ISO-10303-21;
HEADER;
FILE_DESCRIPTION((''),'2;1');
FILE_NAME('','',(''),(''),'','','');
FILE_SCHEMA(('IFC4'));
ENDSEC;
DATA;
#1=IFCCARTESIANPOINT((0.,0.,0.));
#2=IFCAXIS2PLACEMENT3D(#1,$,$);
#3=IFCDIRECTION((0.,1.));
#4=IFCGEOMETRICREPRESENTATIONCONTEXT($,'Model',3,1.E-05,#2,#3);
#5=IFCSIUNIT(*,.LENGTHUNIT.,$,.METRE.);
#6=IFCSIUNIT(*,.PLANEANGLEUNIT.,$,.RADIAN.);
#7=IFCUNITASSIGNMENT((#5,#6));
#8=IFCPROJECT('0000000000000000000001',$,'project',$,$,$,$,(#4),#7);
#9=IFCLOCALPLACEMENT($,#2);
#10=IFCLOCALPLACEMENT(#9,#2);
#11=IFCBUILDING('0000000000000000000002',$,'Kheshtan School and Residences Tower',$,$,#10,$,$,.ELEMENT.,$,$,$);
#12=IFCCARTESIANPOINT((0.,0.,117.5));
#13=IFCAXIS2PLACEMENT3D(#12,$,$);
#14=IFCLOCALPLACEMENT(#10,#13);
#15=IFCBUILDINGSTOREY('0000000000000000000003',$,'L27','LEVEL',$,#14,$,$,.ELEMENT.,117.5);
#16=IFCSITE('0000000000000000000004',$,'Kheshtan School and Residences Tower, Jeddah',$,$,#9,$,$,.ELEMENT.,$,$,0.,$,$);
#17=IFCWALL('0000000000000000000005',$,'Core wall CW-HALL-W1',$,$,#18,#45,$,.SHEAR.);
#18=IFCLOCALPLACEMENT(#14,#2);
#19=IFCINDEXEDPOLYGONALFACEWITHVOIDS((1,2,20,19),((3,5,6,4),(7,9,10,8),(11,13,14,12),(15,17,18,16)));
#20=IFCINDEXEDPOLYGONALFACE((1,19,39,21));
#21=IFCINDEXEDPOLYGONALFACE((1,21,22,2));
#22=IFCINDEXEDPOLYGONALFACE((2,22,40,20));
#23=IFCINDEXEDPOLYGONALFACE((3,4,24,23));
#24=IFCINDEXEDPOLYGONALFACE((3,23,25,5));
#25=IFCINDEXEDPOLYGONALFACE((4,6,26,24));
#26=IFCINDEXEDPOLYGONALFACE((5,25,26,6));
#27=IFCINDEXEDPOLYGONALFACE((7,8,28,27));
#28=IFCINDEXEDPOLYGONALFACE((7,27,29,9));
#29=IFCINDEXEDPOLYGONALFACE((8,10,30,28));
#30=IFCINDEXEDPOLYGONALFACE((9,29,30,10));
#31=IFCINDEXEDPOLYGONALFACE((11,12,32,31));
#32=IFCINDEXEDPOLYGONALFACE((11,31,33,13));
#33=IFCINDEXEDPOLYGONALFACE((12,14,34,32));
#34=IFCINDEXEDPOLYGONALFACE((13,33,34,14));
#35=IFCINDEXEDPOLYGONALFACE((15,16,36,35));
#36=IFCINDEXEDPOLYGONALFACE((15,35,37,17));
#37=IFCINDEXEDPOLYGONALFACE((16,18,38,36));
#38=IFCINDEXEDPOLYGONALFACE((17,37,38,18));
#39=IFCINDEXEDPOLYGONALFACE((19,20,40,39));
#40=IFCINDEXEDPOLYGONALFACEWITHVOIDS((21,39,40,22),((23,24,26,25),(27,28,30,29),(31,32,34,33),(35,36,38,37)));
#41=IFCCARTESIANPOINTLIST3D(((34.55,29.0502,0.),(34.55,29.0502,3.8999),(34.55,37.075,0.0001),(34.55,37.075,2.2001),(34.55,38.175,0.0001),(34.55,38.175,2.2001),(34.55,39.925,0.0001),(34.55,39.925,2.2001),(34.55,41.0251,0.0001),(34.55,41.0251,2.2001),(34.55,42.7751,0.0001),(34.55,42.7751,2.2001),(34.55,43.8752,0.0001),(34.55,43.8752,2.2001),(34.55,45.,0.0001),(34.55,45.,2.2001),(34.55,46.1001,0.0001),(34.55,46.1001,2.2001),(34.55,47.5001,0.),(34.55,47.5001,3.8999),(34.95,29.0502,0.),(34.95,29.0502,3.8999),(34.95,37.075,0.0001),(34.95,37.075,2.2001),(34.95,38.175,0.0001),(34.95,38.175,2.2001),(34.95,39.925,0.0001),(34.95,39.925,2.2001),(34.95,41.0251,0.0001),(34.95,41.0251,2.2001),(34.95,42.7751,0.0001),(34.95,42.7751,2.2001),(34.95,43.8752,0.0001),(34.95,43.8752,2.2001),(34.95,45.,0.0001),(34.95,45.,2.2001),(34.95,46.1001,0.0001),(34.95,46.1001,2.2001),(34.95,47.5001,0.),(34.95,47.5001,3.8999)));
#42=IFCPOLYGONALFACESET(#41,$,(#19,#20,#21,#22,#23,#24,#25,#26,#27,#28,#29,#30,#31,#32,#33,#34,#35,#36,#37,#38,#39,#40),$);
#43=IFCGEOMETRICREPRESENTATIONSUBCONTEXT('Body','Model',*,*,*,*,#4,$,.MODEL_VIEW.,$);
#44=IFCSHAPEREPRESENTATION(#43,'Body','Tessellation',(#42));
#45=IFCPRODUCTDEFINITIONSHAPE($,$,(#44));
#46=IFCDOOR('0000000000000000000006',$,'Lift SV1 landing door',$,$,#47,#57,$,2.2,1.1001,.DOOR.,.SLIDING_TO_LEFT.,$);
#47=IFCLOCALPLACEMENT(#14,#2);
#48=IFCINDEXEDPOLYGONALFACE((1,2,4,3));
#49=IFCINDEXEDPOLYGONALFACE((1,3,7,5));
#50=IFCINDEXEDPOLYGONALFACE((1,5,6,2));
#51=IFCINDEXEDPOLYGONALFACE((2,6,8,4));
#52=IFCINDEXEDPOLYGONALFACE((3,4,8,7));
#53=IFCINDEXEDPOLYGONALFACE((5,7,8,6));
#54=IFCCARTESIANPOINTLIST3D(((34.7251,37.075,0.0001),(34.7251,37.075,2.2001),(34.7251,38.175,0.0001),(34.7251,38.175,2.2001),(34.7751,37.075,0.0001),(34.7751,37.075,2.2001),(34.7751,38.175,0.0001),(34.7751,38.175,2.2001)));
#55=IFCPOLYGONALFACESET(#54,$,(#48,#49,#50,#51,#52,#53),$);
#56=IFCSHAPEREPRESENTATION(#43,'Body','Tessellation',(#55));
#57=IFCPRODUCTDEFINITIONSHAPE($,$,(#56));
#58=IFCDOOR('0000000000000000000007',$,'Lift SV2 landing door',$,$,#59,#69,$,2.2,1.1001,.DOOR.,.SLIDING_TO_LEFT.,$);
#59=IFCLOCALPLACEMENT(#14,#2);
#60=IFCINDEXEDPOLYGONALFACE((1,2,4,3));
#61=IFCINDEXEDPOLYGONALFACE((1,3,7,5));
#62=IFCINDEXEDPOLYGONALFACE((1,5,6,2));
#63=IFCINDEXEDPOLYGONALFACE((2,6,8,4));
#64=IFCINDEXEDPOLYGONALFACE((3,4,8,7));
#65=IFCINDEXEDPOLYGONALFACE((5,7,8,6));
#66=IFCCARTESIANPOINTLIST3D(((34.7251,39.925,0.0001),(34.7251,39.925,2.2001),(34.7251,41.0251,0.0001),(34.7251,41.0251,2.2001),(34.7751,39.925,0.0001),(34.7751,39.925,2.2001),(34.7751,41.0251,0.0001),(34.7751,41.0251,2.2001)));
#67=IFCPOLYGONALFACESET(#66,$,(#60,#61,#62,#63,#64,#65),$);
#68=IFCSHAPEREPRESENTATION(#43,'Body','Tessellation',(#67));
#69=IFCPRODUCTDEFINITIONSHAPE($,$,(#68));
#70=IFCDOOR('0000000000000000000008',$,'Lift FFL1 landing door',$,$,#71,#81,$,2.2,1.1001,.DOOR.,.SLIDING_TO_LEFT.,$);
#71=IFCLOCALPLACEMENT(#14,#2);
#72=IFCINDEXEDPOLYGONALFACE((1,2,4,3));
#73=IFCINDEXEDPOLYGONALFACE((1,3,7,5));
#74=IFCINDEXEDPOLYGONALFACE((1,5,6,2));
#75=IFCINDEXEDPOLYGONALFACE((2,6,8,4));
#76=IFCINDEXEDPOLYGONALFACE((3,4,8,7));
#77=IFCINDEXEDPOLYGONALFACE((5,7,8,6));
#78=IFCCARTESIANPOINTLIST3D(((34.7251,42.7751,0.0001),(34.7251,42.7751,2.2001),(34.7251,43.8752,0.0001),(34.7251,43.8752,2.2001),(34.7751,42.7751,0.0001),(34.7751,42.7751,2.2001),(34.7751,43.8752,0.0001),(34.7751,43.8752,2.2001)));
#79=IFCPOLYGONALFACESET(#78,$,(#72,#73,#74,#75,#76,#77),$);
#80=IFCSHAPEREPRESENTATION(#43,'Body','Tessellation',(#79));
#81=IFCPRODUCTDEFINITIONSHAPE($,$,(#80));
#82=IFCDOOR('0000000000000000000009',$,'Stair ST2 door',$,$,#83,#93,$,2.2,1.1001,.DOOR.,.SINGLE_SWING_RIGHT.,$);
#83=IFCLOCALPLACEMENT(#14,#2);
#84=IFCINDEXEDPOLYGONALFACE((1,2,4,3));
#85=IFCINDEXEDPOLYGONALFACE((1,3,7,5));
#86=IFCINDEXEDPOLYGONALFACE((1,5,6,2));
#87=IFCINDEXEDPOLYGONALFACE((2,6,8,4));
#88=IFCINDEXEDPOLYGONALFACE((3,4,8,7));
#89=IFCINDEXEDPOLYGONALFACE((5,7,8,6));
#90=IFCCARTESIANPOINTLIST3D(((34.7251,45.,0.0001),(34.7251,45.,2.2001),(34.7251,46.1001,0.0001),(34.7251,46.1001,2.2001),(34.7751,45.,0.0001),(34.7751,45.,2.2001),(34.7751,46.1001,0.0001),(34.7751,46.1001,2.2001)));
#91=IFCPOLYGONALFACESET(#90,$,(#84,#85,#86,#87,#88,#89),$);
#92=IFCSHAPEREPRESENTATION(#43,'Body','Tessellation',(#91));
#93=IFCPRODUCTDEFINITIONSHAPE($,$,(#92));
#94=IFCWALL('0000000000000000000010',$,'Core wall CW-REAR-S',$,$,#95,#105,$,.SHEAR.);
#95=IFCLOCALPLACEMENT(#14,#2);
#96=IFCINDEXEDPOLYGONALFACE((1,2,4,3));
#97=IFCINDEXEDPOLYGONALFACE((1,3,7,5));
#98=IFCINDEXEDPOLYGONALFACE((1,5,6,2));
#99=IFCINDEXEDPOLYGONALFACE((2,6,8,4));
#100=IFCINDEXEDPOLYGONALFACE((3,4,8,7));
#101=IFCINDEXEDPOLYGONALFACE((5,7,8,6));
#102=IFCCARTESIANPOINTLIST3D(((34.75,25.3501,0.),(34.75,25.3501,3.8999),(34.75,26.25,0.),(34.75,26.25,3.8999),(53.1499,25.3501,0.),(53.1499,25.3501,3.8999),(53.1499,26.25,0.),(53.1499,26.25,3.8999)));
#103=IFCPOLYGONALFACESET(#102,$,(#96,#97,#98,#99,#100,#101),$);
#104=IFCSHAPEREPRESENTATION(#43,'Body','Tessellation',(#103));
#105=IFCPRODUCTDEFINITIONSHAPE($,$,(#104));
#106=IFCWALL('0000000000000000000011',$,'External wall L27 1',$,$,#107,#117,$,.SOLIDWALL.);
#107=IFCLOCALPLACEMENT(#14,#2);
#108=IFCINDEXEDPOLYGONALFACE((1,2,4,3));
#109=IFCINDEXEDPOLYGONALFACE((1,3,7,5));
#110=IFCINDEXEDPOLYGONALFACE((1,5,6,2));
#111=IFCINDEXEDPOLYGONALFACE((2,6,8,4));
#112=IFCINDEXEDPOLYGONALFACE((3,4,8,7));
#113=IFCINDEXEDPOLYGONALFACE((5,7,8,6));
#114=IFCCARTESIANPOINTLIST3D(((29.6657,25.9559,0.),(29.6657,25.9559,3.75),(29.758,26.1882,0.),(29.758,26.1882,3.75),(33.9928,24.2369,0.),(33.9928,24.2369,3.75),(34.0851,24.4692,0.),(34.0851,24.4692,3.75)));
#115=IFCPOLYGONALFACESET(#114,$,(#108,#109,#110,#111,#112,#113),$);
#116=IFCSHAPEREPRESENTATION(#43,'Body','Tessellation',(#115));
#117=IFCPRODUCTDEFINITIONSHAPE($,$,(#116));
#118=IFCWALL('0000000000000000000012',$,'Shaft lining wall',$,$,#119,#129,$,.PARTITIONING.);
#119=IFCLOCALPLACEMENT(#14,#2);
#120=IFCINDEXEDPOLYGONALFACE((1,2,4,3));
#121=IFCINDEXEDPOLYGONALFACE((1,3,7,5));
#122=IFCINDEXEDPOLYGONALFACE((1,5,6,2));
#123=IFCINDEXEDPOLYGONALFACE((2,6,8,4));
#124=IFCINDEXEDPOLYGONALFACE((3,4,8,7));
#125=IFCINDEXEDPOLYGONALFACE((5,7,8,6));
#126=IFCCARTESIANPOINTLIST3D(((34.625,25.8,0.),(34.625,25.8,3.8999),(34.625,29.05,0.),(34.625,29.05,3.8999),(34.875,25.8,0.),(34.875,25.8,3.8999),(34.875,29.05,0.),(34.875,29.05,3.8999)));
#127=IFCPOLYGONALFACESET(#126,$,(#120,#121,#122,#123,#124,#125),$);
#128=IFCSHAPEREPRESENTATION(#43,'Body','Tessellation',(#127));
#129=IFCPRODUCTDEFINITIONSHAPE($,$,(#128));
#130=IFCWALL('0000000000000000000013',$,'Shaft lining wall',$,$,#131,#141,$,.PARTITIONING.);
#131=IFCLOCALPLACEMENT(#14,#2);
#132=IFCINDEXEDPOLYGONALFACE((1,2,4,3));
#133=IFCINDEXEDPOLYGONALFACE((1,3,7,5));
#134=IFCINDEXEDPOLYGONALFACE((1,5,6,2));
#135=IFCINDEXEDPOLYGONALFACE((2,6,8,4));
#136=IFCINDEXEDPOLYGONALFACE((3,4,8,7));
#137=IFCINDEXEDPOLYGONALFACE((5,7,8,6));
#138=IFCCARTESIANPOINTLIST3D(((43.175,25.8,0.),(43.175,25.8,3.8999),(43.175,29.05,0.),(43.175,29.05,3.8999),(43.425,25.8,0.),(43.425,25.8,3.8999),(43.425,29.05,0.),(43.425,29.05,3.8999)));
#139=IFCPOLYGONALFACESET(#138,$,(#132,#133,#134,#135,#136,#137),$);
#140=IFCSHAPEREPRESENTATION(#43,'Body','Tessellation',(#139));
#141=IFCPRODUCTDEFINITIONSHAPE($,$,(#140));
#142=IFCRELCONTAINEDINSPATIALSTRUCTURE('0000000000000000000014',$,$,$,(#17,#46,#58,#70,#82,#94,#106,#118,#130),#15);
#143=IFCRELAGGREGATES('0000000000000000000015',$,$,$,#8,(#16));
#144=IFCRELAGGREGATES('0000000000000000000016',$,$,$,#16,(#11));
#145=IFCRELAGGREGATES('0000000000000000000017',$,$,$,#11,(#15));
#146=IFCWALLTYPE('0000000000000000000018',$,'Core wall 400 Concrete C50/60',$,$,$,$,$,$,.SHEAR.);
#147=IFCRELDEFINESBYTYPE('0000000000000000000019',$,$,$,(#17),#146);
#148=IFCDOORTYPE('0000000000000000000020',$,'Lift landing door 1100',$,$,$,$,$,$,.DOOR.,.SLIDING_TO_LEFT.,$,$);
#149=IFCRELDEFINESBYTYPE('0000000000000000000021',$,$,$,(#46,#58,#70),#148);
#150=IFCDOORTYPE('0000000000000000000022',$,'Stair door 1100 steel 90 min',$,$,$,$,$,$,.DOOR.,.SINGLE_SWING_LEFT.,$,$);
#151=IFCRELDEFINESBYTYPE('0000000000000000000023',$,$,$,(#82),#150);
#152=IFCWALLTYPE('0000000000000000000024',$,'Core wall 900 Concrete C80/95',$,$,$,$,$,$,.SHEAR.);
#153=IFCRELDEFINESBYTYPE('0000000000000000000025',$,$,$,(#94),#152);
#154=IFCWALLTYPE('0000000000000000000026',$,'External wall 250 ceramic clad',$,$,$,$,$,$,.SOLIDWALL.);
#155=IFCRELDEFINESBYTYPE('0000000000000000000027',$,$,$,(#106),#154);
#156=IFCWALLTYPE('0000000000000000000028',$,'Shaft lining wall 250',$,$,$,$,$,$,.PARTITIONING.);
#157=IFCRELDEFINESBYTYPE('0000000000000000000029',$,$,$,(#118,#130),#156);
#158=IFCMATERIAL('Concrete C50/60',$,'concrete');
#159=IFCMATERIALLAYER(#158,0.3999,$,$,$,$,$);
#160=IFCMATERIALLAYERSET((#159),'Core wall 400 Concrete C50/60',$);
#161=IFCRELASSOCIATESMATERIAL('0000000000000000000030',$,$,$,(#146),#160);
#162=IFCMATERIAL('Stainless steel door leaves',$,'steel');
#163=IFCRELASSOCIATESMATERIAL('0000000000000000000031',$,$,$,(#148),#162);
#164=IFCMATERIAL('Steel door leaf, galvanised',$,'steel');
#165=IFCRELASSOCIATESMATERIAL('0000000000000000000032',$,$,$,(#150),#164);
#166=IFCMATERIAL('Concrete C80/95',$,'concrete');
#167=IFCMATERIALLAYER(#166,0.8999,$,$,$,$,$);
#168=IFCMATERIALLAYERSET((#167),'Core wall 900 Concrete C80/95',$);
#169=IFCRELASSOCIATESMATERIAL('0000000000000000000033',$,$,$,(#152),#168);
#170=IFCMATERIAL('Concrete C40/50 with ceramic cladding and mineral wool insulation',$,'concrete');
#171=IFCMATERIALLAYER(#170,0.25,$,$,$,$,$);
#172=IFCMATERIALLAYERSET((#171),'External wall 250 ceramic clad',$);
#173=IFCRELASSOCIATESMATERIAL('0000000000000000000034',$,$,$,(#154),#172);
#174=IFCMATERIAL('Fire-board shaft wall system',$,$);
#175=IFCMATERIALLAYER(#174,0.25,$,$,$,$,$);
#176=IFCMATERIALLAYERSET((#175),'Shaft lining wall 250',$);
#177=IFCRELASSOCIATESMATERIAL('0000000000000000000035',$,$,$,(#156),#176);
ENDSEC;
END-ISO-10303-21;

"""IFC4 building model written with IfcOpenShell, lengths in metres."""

from ifc_helpers import new_model, si_unit, direction, frame, frame_2d, origin, place, context, subcontext, project, spatial, rectangle, extrude, source, transform, mapped, material, layer, layer_set, type_object, element, fill, save


model = new_model("IFC4")

# Units and contexts
model_context = context("Model", 3, precision=1e-05, world=origin(), true_north=direction((0.0, 1.0)))
body_context = subcontext(model_context, "Body", "Model", "MODEL_VIEW")
ifc_project = project(units=[si_unit("LENGTHUNIT", "METRE"), si_unit("PLANEANGLEUNIT", "RADIAN")], contexts=[model_context])

# Site, building, storey
site_placement = place(None, origin())
site = spatial("IfcSite", under=ifc_project, at=site_placement, Name="Kheshtan School and Residences Tower, Jeddah", CompositionType="ELEMENT", RefElevation=0.0)
building_placement = place(site_placement, origin())
building = spatial("IfcBuilding", under=site, at=building_placement, Name="Kheshtan School and Residences Tower", CompositionType="ELEMENT")
storey_placement = place(building_placement, frame((0.0, 0.0, 117.5)))
storey = spatial("IfcBuildingStorey", under=building, at=storey_placement, Name="L27", Description="LEVEL", CompositionType="ELEMENT", Elevation=117.5)

# Shared definitions
ifc_material_1 = material(Name="Concrete C50/60", Category="concrete")
ifc_layer_1 = layer(ifc_material_1, 0.3999)
ifc_layer_set_1 = layer_set([ifc_layer_1], Name="Core wall 400 Concrete C50/60")
wall_type_1 = type_object("IfcWallType", Name="Core wall 400 Concrete C50/60", PredefinedType="SHEAR", material=ifc_layer_set_1)
ifc_material_2 = material(Name="Stainless steel door leaves", Category="steel")
door_type_1 = type_object("IfcDoorType", Name="Lift landing door 1100", OperationType="SLIDING_TO_LEFT", PredefinedType="DOOR", material=ifc_material_2)
shared_shape_1 = source(origin(), body_context, "Body", "SweptSolid", [
    extrude(rectangle(XDim=1.1001, YDim=2.2, at=frame_2d((0.55, 1.1001))), frame((0.0, 0.0249, 0.0), z_axis=(0.0, -1.0, 0.0), x_axis=(1.0, 0.0, 0.0)), (0.0, 0.0, 1.0), 0.05),
])

# Wall, openings, doors
wall_1_placement = place(storey_placement, frame((34.75, 29.05, 0.0), z_axis=(0.0, 0.0, 1.0), x_axis=(0.0, 1.0, 0.0)))
wall_1 = element("IfcWall", 1, at=wall_1_placement, inside=storey, type_object=wall_type_1, Name="Core wall CW-HALL-W1", PredefinedType="SHEAR", context=body_context, shape_type="SweptSolid", body=[
    extrude(rectangle(XDim=18.45, YDim=0.3999, at=frame_2d((9.2251, 0.0))), origin(), (0.0, 0.0, 1.0), 3.8999),
])
opening_1_placement = place(wall_1_placement, frame((8.0249, 0.0, 0.0)))
opening_1 = element("IfcOpeningElement", 2, at=opening_1_placement, cuts=wall_1, PredefinedType="OPENING", context=body_context, shape_type="SweptSolid", body=[
    extrude(rectangle(XDim=1.1001, YDim=2.2, at=frame_2d((0.55, 1.1001))), frame((0.0, 0.21, 0.0), z_axis=(0.0, -1.0, 0.0), x_axis=(1.0, 0.0, 0.0)), (0.0, 0.0, 1.0), 0.4199),
])
opening_2_placement = place(wall_1_placement, frame((10.875, 0.0, 0.0)))
opening_2 = element("IfcOpeningElement", 3, at=opening_2_placement, cuts=wall_1, PredefinedType="OPENING", context=body_context, shape_type="SweptSolid", body=[
    extrude(rectangle(XDim=1.1001, YDim=2.2, at=frame_2d((0.55, 1.1001))), frame((0.0, 0.21, 0.0), z_axis=(0.0, -1.0, 0.0), x_axis=(1.0, 0.0, 0.0)), (0.0, 0.0, 1.0), 0.4199),
])
opening_3_placement = place(wall_1_placement, frame((13.7251, 0.0, 0.0)))
opening_3 = element("IfcOpeningElement", 4, at=opening_3_placement, cuts=wall_1, PredefinedType="OPENING", context=body_context, shape_type="SweptSolid", body=[
    extrude(rectangle(XDim=1.1001, YDim=2.2, at=frame_2d((0.55, 1.1001))), frame((0.0, 0.21, 0.0), z_axis=(0.0, -1.0, 0.0), x_axis=(1.0, 0.0, 0.0)), (0.0, 0.0, 1.0), 0.4199),
])
opening_4_placement = place(wall_1_placement, frame((15.95, 0.0, 0.0)))
opening_4 = element("IfcOpeningElement", 5, at=opening_4_placement, cuts=wall_1, PredefinedType="OPENING", context=body_context, shape_type="SweptSolid", body=[
    extrude(rectangle(XDim=1.1001, YDim=2.2, at=frame_2d((0.55, 1.1001))), frame((0.0, 0.21, 0.0), z_axis=(0.0, -1.0, 0.0), x_axis=(1.0, 0.0, 0.0)), (0.0, 0.0, 1.0), 0.4199),
])
door_1_placement = place(opening_1_placement, origin())
door_1 = element("IfcDoor", 6, at=door_1_placement, inside=storey, type_object=door_type_1, Name="Lift SV1 landing door", OperationType="SLIDING_TO_LEFT", OverallHeight=2.2, OverallWidth=1.1001, PredefinedType="DOOR", context=body_context, shape_type="MappedRepresentation", body=[
    mapped(shared_shape_1, transform((0.0, 0.0, 0.0), x_axis=(1.0, 0.0, 0.0), y_axis=(0.0, 1.0, 0.0), z_axis=(0.0, 0.0, 1.0), scale=1.0)),
])
fill(opening_1, door_1)
door_2_placement = place(opening_2_placement, origin())
door_2 = element("IfcDoor", 7, at=door_2_placement, inside=storey, type_object=door_type_1, Name="Lift SV2 landing door", OperationType="SLIDING_TO_LEFT", OverallHeight=2.2, OverallWidth=1.1001, PredefinedType="DOOR", context=body_context, shape_type="MappedRepresentation", body=[
    mapped(shared_shape_1, transform((0.0, 0.0, 0.0), x_axis=(1.0, 0.0, 0.0), y_axis=(0.0, 1.0, 0.0), z_axis=(0.0, 0.0, 1.0), scale=1.0)),
])
fill(opening_2, door_2)
door_3_placement = place(opening_3_placement, origin())
door_3 = element("IfcDoor", 8, at=door_3_placement, inside=storey, type_object=door_type_1, Name="Lift FFL1 landing door", OperationType="SLIDING_TO_LEFT", OverallHeight=2.2, OverallWidth=1.1001, PredefinedType="DOOR", context=body_context, shape_type="MappedRepresentation", body=[
    mapped(shared_shape_1, transform((0.0, 0.0, 0.0), x_axis=(1.0, 0.0, 0.0), y_axis=(0.0, 1.0, 0.0), z_axis=(0.0, 0.0, 1.0), scale=1.0)),
])
fill(opening_3, door_3)
ifc_material_3 = material(Name="Steel door leaf, galvanised", Category="steel")
door_type_2 = type_object("IfcDoorType", Name="Stair door 1100 steel 90 min", OperationType="SINGLE_SWING_LEFT", PredefinedType="DOOR", material=ifc_material_3)
shared_shape_2 = source(origin(), body_context, "Body", "SweptSolid", [
    extrude(rectangle(XDim=1.1001, YDim=2.2, at=frame_2d((0.55, 1.1001))), frame((0.0, 0.0249, 0.0), z_axis=(0.0, -1.0, 0.0), x_axis=(1.0, 0.0, 0.0)), (0.0, 0.0, 1.0), 0.05),
])
door_4_placement = place(opening_4_placement, origin())
door_4 = element("IfcDoor", 9, at=door_4_placement, inside=storey, type_object=door_type_2, Name="Stair ST2 door", OperationType="SINGLE_SWING_RIGHT", OverallHeight=2.2, OverallWidth=1.1001, PredefinedType="DOOR", context=body_context, shape_type="MappedRepresentation", body=[
    mapped(shared_shape_2, transform((0.0, 0.0, 0.0), x_axis=(1.0, 0.0, 0.0), y_axis=(0.0, 1.0, 0.0), z_axis=(0.0, 0.0, 1.0), scale=1.0)),
])
fill(opening_4, door_4)

# Walls
ifc_material_4 = material(Name="Concrete C80/95", Category="concrete")
ifc_layer_2 = layer(ifc_material_4, 0.8999)
ifc_layer_set_2 = layer_set([ifc_layer_2], Name="Core wall 900 Concrete C80/95")
wall_type_2 = type_object("IfcWallType", Name="Core wall 900 Concrete C80/95", PredefinedType="SHEAR", material=ifc_layer_set_2)
wall_2_placement = place(storey_placement, frame((34.75, 25.8, 0.0), z_axis=(0.0, 0.0, 1.0), x_axis=(1.0, 0.0, 0.0)))
element("IfcWall", 10, at=wall_2_placement, inside=storey, type_object=wall_type_2, Name="Core wall CW-REAR-S", PredefinedType="SHEAR", context=body_context, shape_type="SweptSolid", body=[
    extrude(rectangle(XDim=18.3999, YDim=0.8999, at=frame_2d((9.2, 0.0))), origin(), (0.0, 0.0, 1.0), 3.8999),
])
ifc_material_5 = material(Name="Concrete C40/50 with ceramic cladding and mineral wool insulation", Category="concrete")
ifc_layer_3 = layer(ifc_material_5, 0.25)
ifc_layer_set_3 = layer_set([ifc_layer_3], Name="External wall 250 ceramic clad")
wall_type_3 = type_object("IfcWallType", Name="External wall 250 ceramic clad", PredefinedType="SOLIDWALL", material=ifc_layer_set_3)
wall_3_placement = place(storey_placement, frame((34.0391, 24.353, 0.0), z_axis=(0.0, 0.0, 1.0), x_axis=(-0.929353, 0.369193, 0.0)))
element("IfcWall", 11, at=wall_3_placement, inside=storey, type_object=wall_type_3, Name="External wall L27 1", PredefinedType="SOLIDWALL", context=body_context, shape_type="SweptSolid", body=[
    extrude(rectangle(XDim=4.656, YDim=0.25, at=frame_2d((2.3281, 0.0))), origin(), (0.0, 0.0, 1.0), 3.75),
])
ifc_material_6 = material(Name="Fire-board shaft wall system")
ifc_layer_4 = layer(ifc_material_6, 0.25)
ifc_layer_set_4 = layer_set([ifc_layer_4], Name="Shaft lining wall 250")
wall_type_4 = type_object("IfcWallType", Name="Shaft lining wall 250", PredefinedType="PARTITIONING", material=ifc_layer_set_4)
for number, where, z_axis, x_axis, name in (
    (12, (34.75, 25.8, 0.0), (0.0, 0.0, 1.0), (0.0, 1.0, 0.0), "Shaft lining wall"),
    (13, (43.3, 25.8, 0.0), (0.0, 0.0, 1.0), (0.0, 1.0, 0.0), "Shaft lining wall"),
):
    element("IfcWall", number, at=place(storey_placement, frame(where, z_axis=z_axis, x_axis=x_axis)), inside=storey, type_object=wall_type_4, Name=name, PredefinedType="PARTITIONING", context=body_context, shape_type="SweptSolid", body=[
        extrude(rectangle(XDim=3.25, YDim=0.25, at=frame_2d((1.625, 0.0))), origin(), (0.0, 0.0, 1.0), 3.8999),
    ])

save(model, "model.ifc")
